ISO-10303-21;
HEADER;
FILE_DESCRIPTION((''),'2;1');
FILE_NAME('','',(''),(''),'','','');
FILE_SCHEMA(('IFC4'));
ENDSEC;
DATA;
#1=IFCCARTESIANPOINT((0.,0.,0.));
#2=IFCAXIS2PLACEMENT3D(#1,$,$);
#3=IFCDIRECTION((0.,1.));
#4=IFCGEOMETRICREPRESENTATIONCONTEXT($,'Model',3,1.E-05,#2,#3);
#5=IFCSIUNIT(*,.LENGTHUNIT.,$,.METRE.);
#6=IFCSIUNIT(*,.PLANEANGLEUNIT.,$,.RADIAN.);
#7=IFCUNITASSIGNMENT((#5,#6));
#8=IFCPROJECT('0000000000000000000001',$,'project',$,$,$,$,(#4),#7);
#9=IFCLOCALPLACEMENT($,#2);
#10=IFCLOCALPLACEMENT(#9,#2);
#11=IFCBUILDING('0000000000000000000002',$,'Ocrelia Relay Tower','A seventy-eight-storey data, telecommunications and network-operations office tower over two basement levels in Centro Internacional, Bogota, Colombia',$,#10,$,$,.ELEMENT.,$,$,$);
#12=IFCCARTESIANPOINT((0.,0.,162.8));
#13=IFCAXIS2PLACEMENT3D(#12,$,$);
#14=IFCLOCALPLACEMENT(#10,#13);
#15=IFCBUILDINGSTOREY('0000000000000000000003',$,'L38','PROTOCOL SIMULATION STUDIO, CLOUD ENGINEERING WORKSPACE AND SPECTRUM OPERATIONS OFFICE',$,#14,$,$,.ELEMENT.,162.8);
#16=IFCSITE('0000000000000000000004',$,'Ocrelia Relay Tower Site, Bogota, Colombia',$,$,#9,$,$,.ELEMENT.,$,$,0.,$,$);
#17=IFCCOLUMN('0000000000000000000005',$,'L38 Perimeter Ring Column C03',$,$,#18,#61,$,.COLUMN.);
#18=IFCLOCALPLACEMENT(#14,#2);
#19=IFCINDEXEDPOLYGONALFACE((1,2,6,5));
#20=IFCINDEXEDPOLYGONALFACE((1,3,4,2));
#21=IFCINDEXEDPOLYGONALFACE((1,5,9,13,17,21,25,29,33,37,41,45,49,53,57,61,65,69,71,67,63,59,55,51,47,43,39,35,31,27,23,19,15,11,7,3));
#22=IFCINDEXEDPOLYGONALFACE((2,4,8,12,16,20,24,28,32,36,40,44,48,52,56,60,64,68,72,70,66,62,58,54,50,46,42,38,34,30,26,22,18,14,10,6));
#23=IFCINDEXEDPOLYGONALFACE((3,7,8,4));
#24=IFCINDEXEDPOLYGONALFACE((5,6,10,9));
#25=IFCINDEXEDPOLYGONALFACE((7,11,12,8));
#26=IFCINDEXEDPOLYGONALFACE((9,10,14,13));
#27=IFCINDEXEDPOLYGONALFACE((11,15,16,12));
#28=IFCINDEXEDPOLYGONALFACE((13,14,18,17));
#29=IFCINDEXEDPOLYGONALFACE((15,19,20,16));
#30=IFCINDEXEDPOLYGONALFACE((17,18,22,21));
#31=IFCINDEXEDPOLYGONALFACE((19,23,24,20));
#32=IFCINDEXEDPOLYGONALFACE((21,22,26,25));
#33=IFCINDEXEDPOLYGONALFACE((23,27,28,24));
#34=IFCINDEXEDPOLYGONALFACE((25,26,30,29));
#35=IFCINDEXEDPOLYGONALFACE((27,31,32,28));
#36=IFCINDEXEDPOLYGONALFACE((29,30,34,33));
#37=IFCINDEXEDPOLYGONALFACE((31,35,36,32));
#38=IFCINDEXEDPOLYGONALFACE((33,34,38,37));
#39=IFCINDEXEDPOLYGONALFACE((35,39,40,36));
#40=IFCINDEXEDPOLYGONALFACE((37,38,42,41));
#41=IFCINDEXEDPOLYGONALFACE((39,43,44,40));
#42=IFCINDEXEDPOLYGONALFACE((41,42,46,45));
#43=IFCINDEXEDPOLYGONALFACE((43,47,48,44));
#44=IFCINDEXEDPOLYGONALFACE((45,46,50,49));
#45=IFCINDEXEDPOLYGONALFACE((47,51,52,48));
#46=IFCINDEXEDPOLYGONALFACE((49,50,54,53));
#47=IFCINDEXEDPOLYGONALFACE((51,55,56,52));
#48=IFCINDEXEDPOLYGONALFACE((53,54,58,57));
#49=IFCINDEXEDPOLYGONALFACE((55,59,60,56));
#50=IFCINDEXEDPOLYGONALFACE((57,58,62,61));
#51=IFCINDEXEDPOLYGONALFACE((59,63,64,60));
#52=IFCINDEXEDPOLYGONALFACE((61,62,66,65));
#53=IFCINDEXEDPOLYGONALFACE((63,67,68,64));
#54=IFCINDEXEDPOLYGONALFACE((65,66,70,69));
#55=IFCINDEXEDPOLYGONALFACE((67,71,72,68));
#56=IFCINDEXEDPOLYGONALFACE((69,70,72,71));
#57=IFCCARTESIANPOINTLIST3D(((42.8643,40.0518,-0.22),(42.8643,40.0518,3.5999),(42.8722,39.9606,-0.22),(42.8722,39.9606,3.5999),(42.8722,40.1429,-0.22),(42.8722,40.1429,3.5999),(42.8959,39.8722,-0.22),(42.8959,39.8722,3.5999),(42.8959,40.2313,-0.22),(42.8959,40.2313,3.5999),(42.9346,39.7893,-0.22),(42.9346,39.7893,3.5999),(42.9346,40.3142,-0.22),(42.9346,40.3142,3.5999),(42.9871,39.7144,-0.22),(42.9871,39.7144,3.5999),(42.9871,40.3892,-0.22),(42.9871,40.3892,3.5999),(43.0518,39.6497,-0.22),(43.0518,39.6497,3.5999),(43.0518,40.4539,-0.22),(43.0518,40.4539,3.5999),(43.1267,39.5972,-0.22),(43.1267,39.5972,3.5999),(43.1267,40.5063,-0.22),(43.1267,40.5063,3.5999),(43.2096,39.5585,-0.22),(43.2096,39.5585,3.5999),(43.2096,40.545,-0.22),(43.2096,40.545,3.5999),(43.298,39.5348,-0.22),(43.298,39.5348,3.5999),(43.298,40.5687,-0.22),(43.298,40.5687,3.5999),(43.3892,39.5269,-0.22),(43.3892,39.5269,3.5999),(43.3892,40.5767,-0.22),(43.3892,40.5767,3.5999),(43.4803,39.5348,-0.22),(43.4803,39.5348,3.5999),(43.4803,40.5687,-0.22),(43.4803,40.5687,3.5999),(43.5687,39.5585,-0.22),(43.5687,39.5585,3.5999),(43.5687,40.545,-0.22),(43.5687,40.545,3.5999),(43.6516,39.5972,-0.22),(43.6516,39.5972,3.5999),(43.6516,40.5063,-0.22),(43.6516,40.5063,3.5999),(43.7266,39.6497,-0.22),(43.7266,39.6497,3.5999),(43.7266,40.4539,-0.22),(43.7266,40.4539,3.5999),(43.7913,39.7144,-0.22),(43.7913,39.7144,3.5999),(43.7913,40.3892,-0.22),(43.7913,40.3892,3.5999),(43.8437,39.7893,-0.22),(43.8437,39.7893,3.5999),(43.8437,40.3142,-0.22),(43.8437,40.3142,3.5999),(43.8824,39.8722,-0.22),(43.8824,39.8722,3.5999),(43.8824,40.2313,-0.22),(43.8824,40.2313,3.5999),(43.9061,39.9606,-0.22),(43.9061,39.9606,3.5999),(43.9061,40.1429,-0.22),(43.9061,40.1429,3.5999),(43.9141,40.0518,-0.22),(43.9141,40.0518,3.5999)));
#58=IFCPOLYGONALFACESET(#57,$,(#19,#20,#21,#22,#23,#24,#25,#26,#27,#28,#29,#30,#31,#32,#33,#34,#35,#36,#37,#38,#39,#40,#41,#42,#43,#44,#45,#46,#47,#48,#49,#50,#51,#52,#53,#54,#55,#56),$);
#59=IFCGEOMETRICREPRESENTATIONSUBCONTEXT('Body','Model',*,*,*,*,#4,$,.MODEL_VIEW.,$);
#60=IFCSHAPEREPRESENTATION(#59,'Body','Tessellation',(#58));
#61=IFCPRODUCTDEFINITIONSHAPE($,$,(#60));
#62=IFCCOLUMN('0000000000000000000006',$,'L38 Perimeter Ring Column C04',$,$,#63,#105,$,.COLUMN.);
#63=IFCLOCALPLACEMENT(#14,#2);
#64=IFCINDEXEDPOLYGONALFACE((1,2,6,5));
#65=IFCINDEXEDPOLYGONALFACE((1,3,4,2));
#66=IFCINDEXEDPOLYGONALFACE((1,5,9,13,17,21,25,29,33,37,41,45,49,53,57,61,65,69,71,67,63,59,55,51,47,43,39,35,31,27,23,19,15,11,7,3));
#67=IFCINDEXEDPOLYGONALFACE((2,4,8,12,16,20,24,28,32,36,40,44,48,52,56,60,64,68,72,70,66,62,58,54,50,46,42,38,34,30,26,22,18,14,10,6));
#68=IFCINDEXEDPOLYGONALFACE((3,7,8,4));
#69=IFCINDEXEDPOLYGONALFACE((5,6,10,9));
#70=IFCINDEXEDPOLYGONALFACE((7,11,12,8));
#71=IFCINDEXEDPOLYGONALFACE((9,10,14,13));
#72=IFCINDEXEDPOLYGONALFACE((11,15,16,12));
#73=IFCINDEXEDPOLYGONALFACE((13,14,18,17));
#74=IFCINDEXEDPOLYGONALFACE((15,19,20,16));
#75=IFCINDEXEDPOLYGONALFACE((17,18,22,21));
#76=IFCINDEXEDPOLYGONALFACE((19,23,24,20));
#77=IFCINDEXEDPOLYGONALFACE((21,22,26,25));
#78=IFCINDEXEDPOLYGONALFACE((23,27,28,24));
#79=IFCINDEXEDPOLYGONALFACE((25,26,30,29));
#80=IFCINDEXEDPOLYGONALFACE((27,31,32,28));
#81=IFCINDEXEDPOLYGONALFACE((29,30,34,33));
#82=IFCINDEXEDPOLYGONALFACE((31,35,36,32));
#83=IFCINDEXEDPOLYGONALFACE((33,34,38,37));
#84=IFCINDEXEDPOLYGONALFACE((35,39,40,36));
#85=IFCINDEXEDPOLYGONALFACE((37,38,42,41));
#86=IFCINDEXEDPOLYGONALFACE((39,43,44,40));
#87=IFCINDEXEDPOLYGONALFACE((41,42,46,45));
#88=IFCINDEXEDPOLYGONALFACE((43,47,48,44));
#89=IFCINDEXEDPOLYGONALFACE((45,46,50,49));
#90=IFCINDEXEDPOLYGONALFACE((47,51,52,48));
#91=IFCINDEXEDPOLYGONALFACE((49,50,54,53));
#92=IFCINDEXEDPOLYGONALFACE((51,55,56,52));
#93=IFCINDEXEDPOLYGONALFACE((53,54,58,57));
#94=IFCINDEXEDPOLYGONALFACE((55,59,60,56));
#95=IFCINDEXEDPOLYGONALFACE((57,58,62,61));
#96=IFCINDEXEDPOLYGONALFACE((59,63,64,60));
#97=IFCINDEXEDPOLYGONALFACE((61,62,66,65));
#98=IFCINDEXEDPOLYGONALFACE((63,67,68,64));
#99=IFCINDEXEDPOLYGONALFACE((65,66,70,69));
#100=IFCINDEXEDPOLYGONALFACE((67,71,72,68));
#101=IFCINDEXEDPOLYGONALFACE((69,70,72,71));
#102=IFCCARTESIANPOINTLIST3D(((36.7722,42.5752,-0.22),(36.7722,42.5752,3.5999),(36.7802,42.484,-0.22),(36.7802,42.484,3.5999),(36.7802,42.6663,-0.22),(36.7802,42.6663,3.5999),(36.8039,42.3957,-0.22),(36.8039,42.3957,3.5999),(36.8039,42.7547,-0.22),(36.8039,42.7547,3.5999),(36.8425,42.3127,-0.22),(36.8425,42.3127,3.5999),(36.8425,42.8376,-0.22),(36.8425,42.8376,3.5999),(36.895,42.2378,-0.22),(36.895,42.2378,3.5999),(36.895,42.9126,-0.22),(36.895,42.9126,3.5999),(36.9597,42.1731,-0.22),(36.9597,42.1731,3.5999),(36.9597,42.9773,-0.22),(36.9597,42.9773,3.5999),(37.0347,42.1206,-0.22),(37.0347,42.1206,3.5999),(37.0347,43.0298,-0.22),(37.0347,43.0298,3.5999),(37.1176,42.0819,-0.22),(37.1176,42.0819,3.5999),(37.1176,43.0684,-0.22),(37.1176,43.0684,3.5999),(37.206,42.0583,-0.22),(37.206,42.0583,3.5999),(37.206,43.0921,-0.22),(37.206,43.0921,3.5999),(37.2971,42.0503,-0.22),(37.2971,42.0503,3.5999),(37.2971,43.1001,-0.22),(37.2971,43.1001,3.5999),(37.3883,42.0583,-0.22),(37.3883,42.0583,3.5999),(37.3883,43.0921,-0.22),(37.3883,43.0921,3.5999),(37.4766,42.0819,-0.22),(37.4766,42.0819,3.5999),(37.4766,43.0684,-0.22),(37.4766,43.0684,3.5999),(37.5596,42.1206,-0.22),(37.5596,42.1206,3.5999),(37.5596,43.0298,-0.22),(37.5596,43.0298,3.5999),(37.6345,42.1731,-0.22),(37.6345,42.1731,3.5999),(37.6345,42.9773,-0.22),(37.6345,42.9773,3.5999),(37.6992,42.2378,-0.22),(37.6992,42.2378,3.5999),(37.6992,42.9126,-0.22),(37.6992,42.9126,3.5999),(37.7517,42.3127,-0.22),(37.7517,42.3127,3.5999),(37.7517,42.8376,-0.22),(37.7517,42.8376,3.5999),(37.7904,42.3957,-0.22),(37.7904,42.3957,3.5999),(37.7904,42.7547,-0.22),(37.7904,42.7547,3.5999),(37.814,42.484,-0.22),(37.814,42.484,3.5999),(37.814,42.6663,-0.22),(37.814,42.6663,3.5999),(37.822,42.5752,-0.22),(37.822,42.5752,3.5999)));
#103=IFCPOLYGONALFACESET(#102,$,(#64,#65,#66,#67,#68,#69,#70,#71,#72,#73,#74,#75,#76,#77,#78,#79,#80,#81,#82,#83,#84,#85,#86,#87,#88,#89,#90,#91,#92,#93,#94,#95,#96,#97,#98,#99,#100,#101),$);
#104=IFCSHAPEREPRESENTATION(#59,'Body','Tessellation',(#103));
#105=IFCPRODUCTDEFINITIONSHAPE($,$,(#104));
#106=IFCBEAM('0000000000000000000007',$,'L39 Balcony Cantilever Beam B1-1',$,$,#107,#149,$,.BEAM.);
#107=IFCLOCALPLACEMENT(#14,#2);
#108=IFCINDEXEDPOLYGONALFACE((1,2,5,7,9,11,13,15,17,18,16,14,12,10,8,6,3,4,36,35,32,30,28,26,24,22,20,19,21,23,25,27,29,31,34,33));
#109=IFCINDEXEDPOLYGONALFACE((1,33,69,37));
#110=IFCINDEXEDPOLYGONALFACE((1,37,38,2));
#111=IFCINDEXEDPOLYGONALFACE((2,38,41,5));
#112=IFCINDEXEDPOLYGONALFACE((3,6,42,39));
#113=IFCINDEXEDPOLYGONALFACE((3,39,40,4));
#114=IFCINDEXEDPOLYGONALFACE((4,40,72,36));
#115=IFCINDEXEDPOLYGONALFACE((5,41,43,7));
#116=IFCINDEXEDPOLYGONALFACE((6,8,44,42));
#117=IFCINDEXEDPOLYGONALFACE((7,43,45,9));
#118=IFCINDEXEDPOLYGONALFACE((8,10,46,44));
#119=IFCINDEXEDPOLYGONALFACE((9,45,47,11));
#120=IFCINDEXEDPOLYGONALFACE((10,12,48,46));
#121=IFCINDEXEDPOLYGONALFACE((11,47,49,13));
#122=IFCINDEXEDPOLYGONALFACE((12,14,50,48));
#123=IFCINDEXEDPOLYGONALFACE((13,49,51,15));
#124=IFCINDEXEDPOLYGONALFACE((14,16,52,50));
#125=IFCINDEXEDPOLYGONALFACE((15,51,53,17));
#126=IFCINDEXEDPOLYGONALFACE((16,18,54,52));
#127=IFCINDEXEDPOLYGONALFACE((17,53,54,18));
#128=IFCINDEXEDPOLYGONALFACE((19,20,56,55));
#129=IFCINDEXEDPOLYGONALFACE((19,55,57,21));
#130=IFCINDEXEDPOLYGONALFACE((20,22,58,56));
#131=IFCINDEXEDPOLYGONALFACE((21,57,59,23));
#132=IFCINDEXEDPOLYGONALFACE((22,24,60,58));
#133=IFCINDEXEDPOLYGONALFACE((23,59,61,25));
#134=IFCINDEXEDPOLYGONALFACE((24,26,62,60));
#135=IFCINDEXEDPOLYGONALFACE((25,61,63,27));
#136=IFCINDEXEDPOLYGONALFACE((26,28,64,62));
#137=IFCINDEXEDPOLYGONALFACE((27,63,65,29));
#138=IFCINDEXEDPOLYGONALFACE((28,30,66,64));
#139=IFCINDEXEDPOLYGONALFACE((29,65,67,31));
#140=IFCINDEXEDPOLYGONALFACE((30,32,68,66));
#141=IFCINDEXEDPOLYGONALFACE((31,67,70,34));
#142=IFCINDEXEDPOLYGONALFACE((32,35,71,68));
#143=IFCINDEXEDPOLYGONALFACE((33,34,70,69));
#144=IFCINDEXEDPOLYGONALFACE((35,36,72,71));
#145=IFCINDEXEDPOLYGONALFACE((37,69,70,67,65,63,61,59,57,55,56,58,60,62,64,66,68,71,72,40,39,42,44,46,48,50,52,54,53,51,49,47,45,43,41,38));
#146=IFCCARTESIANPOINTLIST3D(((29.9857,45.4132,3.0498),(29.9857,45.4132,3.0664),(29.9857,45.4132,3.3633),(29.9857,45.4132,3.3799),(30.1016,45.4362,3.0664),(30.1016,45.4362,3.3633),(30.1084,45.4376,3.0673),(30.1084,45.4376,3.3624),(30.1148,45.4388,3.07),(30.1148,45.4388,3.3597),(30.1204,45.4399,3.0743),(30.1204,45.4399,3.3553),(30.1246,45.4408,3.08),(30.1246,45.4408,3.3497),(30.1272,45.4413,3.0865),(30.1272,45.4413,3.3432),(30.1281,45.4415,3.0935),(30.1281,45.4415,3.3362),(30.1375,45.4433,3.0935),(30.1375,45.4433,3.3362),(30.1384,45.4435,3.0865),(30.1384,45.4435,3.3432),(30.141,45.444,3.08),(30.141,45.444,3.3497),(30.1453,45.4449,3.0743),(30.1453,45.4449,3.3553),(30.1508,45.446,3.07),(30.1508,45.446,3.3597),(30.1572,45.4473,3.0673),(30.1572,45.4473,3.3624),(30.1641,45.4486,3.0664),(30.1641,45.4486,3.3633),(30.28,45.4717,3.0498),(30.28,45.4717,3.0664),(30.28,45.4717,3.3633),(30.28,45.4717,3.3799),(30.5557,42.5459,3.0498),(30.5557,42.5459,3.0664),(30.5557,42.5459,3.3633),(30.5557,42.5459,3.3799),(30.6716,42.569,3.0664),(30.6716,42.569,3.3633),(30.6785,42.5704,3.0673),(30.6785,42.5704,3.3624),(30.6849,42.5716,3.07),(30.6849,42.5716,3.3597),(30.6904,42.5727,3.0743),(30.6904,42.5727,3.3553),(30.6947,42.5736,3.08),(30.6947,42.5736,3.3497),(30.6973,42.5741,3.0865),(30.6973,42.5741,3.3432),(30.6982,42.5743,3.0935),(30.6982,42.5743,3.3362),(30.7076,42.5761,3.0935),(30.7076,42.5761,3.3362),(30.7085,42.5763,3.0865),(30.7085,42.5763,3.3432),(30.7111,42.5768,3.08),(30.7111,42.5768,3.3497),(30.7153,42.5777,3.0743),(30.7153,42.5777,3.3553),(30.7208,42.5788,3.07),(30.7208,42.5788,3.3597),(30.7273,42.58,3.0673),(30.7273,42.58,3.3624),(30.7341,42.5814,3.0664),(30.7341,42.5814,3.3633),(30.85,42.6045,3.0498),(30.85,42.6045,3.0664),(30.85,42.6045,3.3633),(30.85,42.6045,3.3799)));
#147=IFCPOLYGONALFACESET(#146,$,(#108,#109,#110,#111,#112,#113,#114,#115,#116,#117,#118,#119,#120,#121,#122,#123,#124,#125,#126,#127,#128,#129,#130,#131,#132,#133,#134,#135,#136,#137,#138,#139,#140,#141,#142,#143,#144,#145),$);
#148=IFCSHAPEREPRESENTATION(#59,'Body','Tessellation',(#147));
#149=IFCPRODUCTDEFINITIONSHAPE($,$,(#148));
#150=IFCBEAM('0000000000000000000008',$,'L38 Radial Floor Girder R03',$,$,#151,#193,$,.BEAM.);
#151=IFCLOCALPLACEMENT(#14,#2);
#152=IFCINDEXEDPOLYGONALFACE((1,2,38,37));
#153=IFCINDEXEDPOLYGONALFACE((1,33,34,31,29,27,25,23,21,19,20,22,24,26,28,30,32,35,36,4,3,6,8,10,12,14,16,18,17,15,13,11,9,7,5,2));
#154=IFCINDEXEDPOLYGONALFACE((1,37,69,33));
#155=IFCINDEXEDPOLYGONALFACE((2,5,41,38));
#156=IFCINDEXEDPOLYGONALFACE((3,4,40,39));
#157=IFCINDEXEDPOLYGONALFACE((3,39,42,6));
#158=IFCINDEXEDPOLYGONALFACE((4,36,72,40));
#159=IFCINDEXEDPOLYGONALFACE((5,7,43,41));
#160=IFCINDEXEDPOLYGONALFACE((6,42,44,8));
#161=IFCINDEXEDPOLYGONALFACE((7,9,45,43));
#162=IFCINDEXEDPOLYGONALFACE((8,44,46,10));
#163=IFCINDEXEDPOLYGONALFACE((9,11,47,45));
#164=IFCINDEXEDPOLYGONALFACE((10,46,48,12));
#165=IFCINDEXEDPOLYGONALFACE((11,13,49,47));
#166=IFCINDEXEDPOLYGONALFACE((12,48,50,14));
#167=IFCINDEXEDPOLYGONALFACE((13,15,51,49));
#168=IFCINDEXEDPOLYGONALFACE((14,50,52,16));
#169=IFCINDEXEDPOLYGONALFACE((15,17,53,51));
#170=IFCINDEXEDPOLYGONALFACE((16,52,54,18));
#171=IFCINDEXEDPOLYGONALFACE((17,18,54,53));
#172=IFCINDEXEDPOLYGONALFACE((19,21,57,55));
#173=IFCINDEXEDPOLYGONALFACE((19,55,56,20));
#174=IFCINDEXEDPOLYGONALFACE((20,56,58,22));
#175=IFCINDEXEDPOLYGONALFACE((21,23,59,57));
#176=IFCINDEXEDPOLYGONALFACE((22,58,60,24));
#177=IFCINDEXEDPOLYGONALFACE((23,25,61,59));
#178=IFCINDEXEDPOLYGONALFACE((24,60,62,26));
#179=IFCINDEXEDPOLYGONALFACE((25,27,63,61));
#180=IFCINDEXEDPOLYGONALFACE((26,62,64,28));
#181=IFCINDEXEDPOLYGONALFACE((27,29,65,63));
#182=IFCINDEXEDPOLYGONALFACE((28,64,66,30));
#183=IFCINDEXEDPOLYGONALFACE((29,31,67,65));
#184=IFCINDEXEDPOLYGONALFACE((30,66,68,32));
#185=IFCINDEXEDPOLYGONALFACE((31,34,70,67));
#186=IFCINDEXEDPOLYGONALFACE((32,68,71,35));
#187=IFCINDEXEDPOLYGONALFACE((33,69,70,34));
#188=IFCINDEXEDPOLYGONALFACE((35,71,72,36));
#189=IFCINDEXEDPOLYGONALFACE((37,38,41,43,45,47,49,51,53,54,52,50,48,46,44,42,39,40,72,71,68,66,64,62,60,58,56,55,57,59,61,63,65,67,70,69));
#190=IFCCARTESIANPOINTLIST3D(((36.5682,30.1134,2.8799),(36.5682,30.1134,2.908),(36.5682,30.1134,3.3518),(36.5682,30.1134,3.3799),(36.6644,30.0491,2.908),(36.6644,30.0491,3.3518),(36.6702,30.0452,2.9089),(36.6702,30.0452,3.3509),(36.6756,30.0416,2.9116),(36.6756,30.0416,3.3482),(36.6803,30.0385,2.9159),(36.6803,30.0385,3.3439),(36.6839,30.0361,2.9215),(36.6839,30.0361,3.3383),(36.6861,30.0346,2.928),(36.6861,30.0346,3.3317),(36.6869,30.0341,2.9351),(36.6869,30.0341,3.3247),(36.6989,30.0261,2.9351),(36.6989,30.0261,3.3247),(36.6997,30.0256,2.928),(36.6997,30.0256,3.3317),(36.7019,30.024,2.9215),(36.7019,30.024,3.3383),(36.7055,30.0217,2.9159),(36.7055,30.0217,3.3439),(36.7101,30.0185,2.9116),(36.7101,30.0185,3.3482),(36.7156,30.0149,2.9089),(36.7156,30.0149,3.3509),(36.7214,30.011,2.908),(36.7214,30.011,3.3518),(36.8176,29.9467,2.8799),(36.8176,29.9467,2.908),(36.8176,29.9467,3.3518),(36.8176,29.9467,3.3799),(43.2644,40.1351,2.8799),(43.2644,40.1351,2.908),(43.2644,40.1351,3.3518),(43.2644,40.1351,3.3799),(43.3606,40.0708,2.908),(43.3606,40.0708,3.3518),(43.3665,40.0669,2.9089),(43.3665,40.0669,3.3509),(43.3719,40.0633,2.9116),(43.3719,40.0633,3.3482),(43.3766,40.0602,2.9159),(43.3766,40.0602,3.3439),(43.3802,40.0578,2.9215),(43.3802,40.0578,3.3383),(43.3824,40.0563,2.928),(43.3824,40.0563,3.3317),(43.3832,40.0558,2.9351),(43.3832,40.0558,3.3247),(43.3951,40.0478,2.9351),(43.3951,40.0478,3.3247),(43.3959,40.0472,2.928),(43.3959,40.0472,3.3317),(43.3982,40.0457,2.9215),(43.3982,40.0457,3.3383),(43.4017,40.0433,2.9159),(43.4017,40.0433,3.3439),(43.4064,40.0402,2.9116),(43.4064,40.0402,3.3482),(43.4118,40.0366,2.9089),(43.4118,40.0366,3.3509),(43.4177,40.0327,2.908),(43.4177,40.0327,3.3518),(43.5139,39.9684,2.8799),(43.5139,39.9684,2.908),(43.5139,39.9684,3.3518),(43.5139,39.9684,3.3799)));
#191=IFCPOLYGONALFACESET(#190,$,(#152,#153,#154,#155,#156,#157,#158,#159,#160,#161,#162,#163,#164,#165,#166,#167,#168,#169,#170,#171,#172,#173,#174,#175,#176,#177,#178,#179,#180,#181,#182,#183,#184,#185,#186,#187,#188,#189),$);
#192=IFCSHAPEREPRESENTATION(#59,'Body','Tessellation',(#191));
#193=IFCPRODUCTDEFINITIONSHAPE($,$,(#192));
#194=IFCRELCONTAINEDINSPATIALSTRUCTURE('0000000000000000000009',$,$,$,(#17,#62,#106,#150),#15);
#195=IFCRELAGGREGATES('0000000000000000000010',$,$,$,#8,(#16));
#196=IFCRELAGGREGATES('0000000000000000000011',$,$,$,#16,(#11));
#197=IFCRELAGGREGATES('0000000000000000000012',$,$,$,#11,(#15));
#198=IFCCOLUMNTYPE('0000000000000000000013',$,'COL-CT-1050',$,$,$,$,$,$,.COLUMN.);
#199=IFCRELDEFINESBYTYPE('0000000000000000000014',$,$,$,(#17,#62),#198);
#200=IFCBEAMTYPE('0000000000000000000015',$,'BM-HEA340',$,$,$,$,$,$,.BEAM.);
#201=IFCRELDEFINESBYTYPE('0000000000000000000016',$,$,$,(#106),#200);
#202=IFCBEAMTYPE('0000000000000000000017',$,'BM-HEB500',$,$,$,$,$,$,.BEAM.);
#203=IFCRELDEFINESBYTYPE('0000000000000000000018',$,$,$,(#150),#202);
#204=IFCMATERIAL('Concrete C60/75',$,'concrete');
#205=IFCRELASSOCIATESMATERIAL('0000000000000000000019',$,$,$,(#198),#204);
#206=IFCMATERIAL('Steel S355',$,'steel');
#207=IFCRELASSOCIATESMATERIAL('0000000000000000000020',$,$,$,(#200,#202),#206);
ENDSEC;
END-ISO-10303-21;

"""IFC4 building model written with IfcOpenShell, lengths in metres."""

from ifc_helpers import new_model, si_unit, direction, frame, origin, origin_2d, place, context, subcontext, project, spatial, circle, i_section, extrude, material, material_profile, profile_set, type_object, element, save


model = new_model("IFC4")

# Units and contexts
model_context = context("Model", 3, precision=1e-05, world=origin(), true_north=direction((0.0, 1.0)))
body_context = subcontext(model_context, "Body", "Model", "MODEL_VIEW")
ifc_project = project(units=[si_unit("LENGTHUNIT", "METRE"), si_unit("PLANEANGLEUNIT", "RADIAN")], contexts=[model_context])

# Site, building, storey
site_placement = place(None, origin())
site = spatial("IfcSite", under=ifc_project, at=site_placement, Name="Ocrelia Relay Tower Site, Bogota, Colombia", CompositionType="ELEMENT", RefElevation=0.0)
building_placement = place(site_placement, origin())
building = spatial("IfcBuilding", under=site, at=building_placement, Name="Ocrelia Relay Tower", Description="A seventy-eight-storey data, telecommunications and network-operations office tower over two basement levels in Centro Internacional, Bogota, Colombia", CompositionType="ELEMENT")
storey_placement = place(building_placement, frame((0.0, 0.0, 162.8)))
storey = spatial("IfcBuildingStorey", under=building, at=storey_placement, Name="L38", Description="PROTOCOL SIMULATION STUDIO, CLOUD ENGINEERING WORKSPACE AND SPECTRUM OPERATIONS OFFICE", CompositionType="ELEMENT", Elevation=162.8)

# Columns
ifc_material_1 = material(Name="Concrete C60/75", Category="concrete")
ifc_material_profile_1 = material_profile(ifc_material_1, circle(Radius=0.5249, at=origin_2d()), Name="RC-CIR-1050")
ifc_profile_set_1 = profile_set([ifc_material_profile_1], Name="Concrete C60/75")
column_type = type_object("IfcColumnType", Name="COL-CT-1050", PredefinedType="COLUMN", material=ifc_profile_set_1)
for number, where, z_axis, x_axis, name in (
    (1, (43.3892, 40.0518, -0.22), (0.0, 0.0, 1.0), (1.0, 0.0, 0.0), "L38 Perimeter Ring Column C03"),
    (2, (37.2971, 42.5752, -0.22), (0.0, 0.0, 1.0), (1.0, 0.0, 0.0), "L38 Perimeter Ring Column C04"),
):
    element("IfcColumn", number, at=place(storey_placement, frame(where, z_axis=z_axis, x_axis=x_axis)), inside=storey, type_object=column_type, Name=name, PredefinedType="COLUMN", context=body_context, shape_type="SweptSolid", body=[
        extrude(circle(Radius=0.5249, at=origin_2d()), origin(), (0.0, 0.0, 1.0), 3.8198),
    ])

# Beams
ifc_material_2 = material(Name="Steel S355", Category="steel")
ifc_material_profile_2 = material_profile(ifc_material_2, i_section(OverallWidth=0.3, OverallDepth=0.3301, WebThickness=0.0095, FlangeThickness=0.0166, FilletRadius=0.0271, at=origin_2d()), Name="HEA 340")
ifc_profile_set_2 = profile_set([ifc_material_profile_2], Name="Steel S355")
beam_type_1 = type_object("IfcBeamType", Name="BM-HEA340", PredefinedType="BEAM", material=ifc_profile_set_2)
beam_1_placement = place(storey_placement, frame((30.7029, 42.5752, 3.2148), z_axis=(-0.195008, 0.980802, 0.0), x_axis=(-0.980802, -0.195008, 0.0)))
element("IfcBeam", 3, at=beam_1_placement, inside=storey, type_object=beam_type_1, Name="L39 Balcony Cantilever Beam B1-1", PredefinedType="BEAM", context=body_context, shape_type="SweptSolid", body=[
    extrude(i_section(OverallWidth=0.3, OverallDepth=0.3301, WebThickness=0.0095, FlangeThickness=0.0166, FilletRadius=0.0271, at=origin_2d()), origin(), (0.0, 0.0, 1.0), 2.9233),
])
ifc_material_profile_3 = material_profile(ifc_material_2, i_section(OverallWidth=0.3, OverallDepth=0.5, WebThickness=0.0144, FlangeThickness=0.0281, FilletRadius=0.0271, at=origin_2d()), Name="HEB 500")
ifc_profile_set_3 = profile_set([ifc_material_profile_3], Name="Steel S355")
beam_type_2 = type_object("IfcBeamType", Name="BM-HEB500", PredefinedType="BEAM", material=ifc_profile_set_3)
beam_2_placement = place(storey_placement, frame((43.3892, 40.0518, 3.1299), z_axis=(-0.555569, -0.83147, 0.0), x_axis=(0.83147, -0.555569, 0.0)))
element("IfcBeam", 4, at=beam_2_placement, inside=storey, type_object=beam_type_2, Name="L38 Radial Floor Girder R03", PredefinedType="BEAM", context=body_context, shape_type="SweptSolid", body=[
    extrude(i_section(OverallWidth=0.3, OverallDepth=0.5, WebThickness=0.0144, FlangeThickness=0.0281, FilletRadius=0.0271, at=origin_2d()), origin(), (0.0, 0.0, 1.0), 12.053),
])

save(model, "model.ifc")
